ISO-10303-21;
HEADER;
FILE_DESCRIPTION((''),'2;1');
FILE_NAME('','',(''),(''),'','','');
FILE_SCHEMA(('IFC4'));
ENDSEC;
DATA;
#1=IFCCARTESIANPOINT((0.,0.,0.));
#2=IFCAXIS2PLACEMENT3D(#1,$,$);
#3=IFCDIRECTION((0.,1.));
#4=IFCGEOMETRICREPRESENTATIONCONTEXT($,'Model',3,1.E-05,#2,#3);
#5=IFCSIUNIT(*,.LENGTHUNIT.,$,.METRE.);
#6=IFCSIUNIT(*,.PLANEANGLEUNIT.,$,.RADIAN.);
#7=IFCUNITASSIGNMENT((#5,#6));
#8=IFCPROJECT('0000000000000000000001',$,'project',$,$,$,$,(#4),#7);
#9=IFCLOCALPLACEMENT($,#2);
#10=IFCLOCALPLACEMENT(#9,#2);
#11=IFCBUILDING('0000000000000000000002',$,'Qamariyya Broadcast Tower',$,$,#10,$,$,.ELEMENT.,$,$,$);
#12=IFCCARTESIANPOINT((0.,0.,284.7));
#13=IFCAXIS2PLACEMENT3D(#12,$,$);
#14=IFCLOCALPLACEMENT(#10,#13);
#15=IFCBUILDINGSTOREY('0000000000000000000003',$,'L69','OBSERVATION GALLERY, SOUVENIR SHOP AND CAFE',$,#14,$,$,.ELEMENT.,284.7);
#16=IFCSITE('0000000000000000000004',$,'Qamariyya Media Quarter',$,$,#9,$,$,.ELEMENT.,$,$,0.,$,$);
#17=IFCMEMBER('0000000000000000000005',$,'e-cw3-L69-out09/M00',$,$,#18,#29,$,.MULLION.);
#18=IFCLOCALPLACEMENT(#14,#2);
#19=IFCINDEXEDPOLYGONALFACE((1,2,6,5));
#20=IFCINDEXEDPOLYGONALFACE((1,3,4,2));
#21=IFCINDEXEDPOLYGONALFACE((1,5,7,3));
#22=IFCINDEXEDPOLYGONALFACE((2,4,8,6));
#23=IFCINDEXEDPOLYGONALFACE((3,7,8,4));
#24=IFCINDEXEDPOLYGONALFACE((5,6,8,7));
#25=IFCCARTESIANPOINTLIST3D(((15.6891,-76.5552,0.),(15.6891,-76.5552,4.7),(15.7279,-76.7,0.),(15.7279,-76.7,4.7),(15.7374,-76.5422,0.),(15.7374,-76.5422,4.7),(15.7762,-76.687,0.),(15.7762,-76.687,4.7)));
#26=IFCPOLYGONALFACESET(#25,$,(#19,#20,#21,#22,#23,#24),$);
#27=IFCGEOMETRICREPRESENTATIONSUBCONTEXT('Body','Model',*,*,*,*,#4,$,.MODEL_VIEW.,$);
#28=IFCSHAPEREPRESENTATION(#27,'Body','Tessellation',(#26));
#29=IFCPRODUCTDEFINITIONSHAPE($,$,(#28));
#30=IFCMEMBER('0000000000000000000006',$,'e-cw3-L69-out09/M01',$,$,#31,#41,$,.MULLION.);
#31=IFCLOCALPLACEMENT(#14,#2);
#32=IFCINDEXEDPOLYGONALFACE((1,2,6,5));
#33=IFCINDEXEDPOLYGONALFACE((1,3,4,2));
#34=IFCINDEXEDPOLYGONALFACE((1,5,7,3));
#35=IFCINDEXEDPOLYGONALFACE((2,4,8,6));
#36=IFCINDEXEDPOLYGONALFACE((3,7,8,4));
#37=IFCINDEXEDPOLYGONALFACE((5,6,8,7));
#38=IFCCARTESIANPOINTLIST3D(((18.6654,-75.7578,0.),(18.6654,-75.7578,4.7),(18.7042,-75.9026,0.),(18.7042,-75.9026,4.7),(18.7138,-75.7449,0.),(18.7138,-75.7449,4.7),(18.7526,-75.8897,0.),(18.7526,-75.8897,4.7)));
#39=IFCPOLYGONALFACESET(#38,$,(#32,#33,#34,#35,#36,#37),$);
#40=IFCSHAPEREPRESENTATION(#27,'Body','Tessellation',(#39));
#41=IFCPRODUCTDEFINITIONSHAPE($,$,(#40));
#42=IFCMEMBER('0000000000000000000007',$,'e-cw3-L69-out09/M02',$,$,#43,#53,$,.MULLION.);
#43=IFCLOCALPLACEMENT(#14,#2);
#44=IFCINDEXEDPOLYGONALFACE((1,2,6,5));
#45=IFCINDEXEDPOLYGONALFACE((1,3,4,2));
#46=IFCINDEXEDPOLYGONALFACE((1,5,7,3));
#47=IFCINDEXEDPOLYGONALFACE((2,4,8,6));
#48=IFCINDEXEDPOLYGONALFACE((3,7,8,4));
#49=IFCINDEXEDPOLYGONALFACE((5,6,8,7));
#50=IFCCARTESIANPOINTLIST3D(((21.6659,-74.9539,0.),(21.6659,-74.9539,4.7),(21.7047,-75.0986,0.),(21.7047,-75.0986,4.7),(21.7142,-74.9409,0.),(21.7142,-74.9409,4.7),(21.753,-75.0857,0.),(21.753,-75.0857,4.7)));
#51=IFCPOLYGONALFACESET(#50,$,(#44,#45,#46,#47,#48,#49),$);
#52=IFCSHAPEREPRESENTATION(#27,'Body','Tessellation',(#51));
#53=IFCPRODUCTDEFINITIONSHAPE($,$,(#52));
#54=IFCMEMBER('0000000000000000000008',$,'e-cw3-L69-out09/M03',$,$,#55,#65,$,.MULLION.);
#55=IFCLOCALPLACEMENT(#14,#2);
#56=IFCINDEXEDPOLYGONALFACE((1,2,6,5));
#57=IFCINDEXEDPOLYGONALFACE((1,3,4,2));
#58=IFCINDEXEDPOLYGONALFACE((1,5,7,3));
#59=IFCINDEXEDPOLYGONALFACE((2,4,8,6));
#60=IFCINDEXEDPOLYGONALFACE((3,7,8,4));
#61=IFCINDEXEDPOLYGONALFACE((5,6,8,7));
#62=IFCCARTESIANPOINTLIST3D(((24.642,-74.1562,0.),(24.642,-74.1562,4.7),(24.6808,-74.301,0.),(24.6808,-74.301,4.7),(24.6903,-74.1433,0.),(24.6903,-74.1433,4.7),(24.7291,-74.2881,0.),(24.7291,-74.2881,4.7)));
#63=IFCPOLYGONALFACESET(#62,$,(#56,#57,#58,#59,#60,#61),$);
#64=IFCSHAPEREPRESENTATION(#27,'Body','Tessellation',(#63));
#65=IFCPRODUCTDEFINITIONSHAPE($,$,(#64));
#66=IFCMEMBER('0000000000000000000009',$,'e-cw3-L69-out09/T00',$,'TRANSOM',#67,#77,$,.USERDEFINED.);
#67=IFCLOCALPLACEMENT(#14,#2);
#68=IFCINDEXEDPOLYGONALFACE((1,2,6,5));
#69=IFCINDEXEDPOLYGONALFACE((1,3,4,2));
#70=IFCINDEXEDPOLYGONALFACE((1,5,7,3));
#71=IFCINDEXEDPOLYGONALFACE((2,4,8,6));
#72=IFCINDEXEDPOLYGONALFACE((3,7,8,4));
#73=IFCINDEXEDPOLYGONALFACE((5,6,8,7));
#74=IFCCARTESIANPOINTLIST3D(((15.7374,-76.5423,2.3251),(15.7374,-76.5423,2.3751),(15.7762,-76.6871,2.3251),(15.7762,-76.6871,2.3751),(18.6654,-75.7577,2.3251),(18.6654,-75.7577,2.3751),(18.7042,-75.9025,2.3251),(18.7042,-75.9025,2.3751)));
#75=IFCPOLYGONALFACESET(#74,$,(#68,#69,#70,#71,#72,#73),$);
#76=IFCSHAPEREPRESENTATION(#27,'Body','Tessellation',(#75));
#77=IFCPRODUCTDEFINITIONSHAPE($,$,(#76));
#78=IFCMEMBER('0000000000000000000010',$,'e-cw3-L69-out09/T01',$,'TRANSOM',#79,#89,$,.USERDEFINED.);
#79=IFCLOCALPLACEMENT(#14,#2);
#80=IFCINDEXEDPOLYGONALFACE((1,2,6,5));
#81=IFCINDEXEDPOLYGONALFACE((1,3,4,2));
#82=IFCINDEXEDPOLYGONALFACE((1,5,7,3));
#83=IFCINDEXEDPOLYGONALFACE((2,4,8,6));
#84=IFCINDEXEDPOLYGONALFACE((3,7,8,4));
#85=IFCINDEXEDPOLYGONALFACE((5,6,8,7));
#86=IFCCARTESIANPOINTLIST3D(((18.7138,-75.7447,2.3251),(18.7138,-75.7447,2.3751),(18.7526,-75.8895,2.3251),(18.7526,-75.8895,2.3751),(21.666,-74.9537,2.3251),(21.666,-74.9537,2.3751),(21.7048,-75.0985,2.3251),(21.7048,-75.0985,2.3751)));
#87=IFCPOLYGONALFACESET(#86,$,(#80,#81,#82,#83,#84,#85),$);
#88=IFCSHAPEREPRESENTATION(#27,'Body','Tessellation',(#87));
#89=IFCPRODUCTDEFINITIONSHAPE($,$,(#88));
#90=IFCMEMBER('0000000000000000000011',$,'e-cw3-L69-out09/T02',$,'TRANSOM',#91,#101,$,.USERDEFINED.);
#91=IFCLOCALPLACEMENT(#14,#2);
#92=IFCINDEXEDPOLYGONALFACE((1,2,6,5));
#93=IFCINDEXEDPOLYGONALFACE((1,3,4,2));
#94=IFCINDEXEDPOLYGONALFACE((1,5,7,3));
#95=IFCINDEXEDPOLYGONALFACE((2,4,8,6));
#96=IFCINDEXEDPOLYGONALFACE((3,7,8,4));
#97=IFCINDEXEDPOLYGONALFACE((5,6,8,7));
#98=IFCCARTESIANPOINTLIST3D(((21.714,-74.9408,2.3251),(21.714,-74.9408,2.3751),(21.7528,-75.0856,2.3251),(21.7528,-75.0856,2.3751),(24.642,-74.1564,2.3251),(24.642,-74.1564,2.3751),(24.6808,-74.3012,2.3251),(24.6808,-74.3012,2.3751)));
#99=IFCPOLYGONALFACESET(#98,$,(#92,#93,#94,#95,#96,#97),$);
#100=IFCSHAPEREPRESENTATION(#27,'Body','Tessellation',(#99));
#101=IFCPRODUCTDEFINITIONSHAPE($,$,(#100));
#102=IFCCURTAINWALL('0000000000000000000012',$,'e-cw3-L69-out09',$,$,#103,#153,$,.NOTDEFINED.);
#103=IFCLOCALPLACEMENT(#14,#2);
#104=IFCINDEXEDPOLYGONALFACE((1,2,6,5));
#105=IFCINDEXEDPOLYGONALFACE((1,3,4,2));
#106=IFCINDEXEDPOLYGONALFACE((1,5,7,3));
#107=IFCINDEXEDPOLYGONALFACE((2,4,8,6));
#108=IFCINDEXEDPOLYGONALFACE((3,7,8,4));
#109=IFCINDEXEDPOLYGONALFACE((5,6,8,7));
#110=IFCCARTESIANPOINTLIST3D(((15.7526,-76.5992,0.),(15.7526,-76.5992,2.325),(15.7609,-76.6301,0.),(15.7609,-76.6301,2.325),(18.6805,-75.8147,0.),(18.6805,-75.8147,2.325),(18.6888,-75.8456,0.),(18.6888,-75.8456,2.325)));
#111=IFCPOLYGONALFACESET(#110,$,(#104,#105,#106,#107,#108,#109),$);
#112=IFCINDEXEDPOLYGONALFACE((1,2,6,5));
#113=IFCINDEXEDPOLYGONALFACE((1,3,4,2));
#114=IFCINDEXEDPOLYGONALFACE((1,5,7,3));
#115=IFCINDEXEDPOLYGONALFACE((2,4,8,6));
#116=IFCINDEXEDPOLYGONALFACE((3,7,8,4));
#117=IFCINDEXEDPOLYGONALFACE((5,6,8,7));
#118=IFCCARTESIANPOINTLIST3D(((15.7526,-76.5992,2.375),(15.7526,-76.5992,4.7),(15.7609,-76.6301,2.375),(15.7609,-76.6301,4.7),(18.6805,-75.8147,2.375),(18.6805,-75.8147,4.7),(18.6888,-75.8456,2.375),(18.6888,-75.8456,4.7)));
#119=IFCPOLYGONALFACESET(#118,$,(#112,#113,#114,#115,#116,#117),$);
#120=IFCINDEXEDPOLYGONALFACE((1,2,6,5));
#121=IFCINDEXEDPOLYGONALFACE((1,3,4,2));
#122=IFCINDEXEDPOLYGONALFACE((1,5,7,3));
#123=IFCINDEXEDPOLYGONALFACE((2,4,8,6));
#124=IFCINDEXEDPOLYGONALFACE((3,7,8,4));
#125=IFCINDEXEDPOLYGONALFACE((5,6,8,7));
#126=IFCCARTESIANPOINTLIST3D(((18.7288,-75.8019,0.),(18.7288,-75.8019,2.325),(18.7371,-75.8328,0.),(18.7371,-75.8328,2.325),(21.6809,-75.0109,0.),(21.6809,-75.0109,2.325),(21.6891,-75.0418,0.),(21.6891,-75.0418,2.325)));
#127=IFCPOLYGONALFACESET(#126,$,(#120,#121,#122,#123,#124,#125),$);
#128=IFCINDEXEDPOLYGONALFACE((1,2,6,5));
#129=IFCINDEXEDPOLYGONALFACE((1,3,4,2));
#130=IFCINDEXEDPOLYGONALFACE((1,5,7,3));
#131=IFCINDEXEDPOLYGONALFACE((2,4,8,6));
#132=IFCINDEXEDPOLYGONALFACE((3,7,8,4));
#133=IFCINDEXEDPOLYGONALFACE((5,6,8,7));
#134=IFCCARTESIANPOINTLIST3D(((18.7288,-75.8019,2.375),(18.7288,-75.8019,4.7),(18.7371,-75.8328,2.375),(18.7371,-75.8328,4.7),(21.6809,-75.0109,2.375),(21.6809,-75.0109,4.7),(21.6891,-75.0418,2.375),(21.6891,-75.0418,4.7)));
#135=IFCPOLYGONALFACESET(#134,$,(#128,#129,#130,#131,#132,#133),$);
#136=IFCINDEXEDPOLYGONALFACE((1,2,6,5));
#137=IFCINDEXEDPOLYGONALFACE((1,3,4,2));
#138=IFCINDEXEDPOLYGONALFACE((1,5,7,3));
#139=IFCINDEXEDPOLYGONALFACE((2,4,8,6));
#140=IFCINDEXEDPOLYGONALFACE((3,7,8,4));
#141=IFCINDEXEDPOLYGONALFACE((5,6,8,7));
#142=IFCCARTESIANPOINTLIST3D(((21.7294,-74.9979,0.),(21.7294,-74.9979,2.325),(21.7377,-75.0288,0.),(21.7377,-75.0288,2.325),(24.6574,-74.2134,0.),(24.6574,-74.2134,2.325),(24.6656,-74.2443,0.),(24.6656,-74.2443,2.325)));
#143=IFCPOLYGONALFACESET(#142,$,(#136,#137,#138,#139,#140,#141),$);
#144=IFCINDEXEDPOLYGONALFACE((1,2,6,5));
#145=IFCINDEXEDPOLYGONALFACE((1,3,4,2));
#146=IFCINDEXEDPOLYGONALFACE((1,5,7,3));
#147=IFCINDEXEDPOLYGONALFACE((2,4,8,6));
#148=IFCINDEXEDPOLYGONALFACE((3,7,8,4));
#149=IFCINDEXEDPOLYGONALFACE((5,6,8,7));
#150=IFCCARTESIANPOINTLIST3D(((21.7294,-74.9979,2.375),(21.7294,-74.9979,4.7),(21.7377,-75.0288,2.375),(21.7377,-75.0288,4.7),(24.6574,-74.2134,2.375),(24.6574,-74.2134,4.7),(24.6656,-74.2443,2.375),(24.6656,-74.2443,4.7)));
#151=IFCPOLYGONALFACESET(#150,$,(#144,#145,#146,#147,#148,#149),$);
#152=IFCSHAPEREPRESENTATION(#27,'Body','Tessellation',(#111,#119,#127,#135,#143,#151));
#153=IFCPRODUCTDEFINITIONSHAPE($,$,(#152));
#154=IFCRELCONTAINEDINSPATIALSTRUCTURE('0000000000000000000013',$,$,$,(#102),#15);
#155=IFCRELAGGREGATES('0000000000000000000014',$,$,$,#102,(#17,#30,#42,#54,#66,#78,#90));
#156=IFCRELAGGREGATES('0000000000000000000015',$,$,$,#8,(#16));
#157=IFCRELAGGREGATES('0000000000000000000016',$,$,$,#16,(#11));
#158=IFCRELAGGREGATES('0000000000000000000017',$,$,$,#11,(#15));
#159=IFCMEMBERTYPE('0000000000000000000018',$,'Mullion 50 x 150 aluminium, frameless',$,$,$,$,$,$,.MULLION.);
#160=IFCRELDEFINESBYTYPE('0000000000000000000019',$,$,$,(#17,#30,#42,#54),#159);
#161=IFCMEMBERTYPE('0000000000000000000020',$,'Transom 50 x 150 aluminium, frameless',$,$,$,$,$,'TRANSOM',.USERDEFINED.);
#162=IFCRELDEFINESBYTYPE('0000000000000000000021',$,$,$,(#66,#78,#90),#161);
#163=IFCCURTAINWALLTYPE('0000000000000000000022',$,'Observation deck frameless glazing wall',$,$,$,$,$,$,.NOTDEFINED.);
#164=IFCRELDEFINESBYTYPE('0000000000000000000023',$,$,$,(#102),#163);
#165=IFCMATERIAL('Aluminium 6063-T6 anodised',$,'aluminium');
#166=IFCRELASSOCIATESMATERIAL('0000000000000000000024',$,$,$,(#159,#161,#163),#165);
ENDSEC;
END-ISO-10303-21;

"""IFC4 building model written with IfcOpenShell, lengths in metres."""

from ifc_helpers import new_model, si_unit, direction, frame, origin, origin_2d, place, context, subcontext, project, spatial, rectangle, extrude, material, material_profile, profile_set, type_object, element, aggregate, save


model = new_model("IFC4")

# Units and contexts
model_context = context("Model", 3, precision=1e-05, world=origin(), true_north=direction((0.0, 1.0)))
body_context = subcontext(model_context, "Body", "Model", "MODEL_VIEW")
ifc_project = project(units=[si_unit("LENGTHUNIT", "METRE"), si_unit("PLANEANGLEUNIT", "RADIAN")], contexts=[model_context])

# Members
ifc_material = material(Name="Aluminium 6063-T6 anodised", Category="aluminium")
ifc_material_profile_1 = material_profile(ifc_material, rectangle(XDim=0.1499, YDim=0.05, at=origin_2d()))
ifc_profile_set_1 = profile_set([ifc_material_profile_1], Name="Aluminium 6063-T6 anodised")
member_type_1 = type_object("IfcMemberType", Name="Mullion 50 x 150 aluminium, frameless", PredefinedType="MULLION", material=ifc_profile_set_1)
site_placement = place(None, origin())
building_placement = place(site_placement, origin())
storey_placement = place(building_placement, frame((0.0, 0.0, 284.7)))
member_1_placement = place(storey_placement, frame((15.7327, -76.6211, 0.0), z_axis=(0.0, 0.0, 1.0), x_axis=(-0.258819, 0.965926, 0.0)))
member_1 = element("IfcMember", 1, at=member_1_placement, type_object=member_type_1, Name="e-cw3-L69-out09/M00", PredefinedType="MULLION", context=body_context, shape_type="SweptSolid", body=[
    extrude(rectangle(XDim=0.1499, YDim=0.05, at=origin_2d()), origin(), (0.0, 0.0, 1.0), 4.7),
])
member_2_placement = place(storey_placement, frame((18.709, -75.8237, 0.0), z_axis=(0.0, 0.0, 1.0), x_axis=(-0.258819, 0.965926, 0.0)))
member_2 = element("IfcMember", 2, at=member_2_placement, type_object=member_type_1, Name="e-cw3-L69-out09/M01", PredefinedType="MULLION", context=body_context, shape_type="SweptSolid", body=[
    extrude(rectangle(XDim=0.1499, YDim=0.05, at=origin_2d()), origin(), (0.0, 0.0, 1.0), 4.7),
])
member_3_placement = place(storey_placement, frame((21.7095, -75.0198, 0.0), z_axis=(0.0, 0.0, 1.0), x_axis=(-0.258819, 0.965926, 0.0)))
member_3 = element("IfcMember", 3, at=member_3_placement, type_object=member_type_1, Name="e-cw3-L69-out09/M02", PredefinedType="MULLION", context=body_context, shape_type="SweptSolid", body=[
    extrude(rectangle(XDim=0.1499, YDim=0.05, at=origin_2d()), origin(), (0.0, 0.0, 1.0), 4.7),
])
member_4_placement = place(storey_placement, frame((24.6855, -74.2222, 0.0), z_axis=(0.0, 0.0, 1.0), x_axis=(-0.258819, 0.965926, 0.0)))
member_4 = element("IfcMember", 4, at=member_4_placement, type_object=member_type_1, Name="e-cw3-L69-out09/M03", PredefinedType="MULLION", context=body_context, shape_type="SweptSolid", body=[
    extrude(rectangle(XDim=0.1499, YDim=0.05, at=origin_2d()), origin(), (0.0, 0.0, 1.0), 4.7),
])
ifc_material_profile_2 = material_profile(ifc_material, rectangle(XDim=0.1499, YDim=0.05, at=origin_2d()))
ifc_profile_set_2 = profile_set([ifc_material_profile_2], Name="Aluminium 6063-T6 anodised")
member_type_2 = type_object("IfcMemberType", Name="Transom 50 x 150 aluminium, frameless", ElementType="TRANSOM", PredefinedType="USERDEFINED", material=ifc_profile_set_2)
member_5_placement = place(storey_placement, frame((15.7568, -76.6147, 2.3501), z_axis=(0.965916, 0.258856, 0.0), x_axis=(-0.258856, 0.965916, 0.0)))
member_5 = element("IfcMember", 5, at=member_5_placement, type_object=member_type_2, Name="e-cw3-L69-out09/T00", ObjectType="TRANSOM", PredefinedType="USERDEFINED", context=body_context, shape_type="SweptSolid", body=[
    extrude(rectangle(XDim=0.1499, YDim=0.05, at=origin_2d()), origin(), (0.0, 0.0, 1.0), 3.0312),
])
member_6_placement = place(storey_placement, frame((18.7332, -75.8171, 2.3501), z_axis=(0.965927, 0.258816, 0.0), x_axis=(-0.258816, 0.965927, 0.0)))
member_6 = element("IfcMember", 6, at=member_6_placement, type_object=member_type_2, Name="e-cw3-L69-out09/T01", ObjectType="TRANSOM", PredefinedType="USERDEFINED", context=body_context, shape_type="SweptSolid", body=[
    extrude(rectangle(XDim=0.1499, YDim=0.05, at=origin_2d()), origin(), (0.0, 0.0, 1.0), 3.0564),
])
member_7_placement = place(storey_placement, frame((21.7334, -75.0132, 2.3501), z_axis=(0.965936, 0.25878, 0.0), x_axis=(-0.25878, 0.965936, 0.0)))
member_7 = element("IfcMember", 7, at=member_7_placement, type_object=member_type_2, Name="e-cw3-L69-out09/T02", ObjectType="TRANSOM", PredefinedType="USERDEFINED", context=body_context, shape_type="SweptSolid", body=[
    extrude(rectangle(XDim=0.1499, YDim=0.05, at=origin_2d()), origin(), (0.0, 0.0, 1.0), 3.0312),
])

# Site, building, storey
site = spatial("IfcSite", under=ifc_project, at=site_placement, Name="Qamariyya Media Quarter", CompositionType="ELEMENT", RefElevation=0.0)
building = spatial("IfcBuilding", under=site, at=building_placement, Name="Qamariyya Broadcast Tower", CompositionType="ELEMENT")
storey = spatial("IfcBuildingStorey", under=building, at=storey_placement, Name="L69", Description="OBSERVATION GALLERY, SOUVENIR SHOP AND CAFE", CompositionType="ELEMENT", Elevation=284.7)

# Curtain wall
curtain_wall_type = type_object("IfcCurtainWallType", Name="Observation deck frameless glazing wall", PredefinedType="NOTDEFINED", material=ifc_material)
curtain_wall_1_placement = place(storey_placement, origin())
curtain_wall_1 = element("IfcCurtainWall", 8, at=curtain_wall_1_placement, inside=storey, type_object=curtain_wall_type, Name="e-cw3-L69-out09", PredefinedType="NOTDEFINED", context=body_context, shape_type="SweptSolid", body=[
    extrude(rectangle(XDim=3.0312, YDim=0.032, at=origin_2d()), frame((17.2207, -76.2224, 0.0), x_axis=(0.965926, 0.258819, 0.0)), (0.0, 0.0, 1.0), 2.325),
    extrude(rectangle(XDim=3.0312, YDim=0.032, at=origin_2d()), frame((17.2207, -76.2224, 2.375), x_axis=(0.965926, 0.258819, 0.0)), (0.0, 0.0, 1.0), 2.325),
    extrude(rectangle(XDim=3.0562, YDim=0.032, at=origin_2d()), frame((20.209, -75.4219, 0.0), x_axis=(0.965926, 0.258819, 0.0)), (0.0, 0.0, 1.0), 2.325),
    extrude(rectangle(XDim=3.0562, YDim=0.032, at=origin_2d()), frame((20.209, -75.4219, 2.375), x_axis=(0.965926, 0.258819, 0.0)), (0.0, 0.0, 1.0), 2.325),
    extrude(rectangle(XDim=3.0312, YDim=0.032, at=origin_2d()), frame((23.1975, -74.6211, 0.0), x_axis=(0.965926, 0.258819, 0.0)), (0.0, 0.0, 1.0), 2.325),
    extrude(rectangle(XDim=3.0312, YDim=0.032, at=origin_2d()), frame((23.1975, -74.6211, 2.375), x_axis=(0.965926, 0.258819, 0.0)), (0.0, 0.0, 1.0), 2.325),
])
aggregate(curtain_wall_1, [member_1, member_2, member_3, member_4, member_5, member_6, member_7])

save(model, "model.ifc")
